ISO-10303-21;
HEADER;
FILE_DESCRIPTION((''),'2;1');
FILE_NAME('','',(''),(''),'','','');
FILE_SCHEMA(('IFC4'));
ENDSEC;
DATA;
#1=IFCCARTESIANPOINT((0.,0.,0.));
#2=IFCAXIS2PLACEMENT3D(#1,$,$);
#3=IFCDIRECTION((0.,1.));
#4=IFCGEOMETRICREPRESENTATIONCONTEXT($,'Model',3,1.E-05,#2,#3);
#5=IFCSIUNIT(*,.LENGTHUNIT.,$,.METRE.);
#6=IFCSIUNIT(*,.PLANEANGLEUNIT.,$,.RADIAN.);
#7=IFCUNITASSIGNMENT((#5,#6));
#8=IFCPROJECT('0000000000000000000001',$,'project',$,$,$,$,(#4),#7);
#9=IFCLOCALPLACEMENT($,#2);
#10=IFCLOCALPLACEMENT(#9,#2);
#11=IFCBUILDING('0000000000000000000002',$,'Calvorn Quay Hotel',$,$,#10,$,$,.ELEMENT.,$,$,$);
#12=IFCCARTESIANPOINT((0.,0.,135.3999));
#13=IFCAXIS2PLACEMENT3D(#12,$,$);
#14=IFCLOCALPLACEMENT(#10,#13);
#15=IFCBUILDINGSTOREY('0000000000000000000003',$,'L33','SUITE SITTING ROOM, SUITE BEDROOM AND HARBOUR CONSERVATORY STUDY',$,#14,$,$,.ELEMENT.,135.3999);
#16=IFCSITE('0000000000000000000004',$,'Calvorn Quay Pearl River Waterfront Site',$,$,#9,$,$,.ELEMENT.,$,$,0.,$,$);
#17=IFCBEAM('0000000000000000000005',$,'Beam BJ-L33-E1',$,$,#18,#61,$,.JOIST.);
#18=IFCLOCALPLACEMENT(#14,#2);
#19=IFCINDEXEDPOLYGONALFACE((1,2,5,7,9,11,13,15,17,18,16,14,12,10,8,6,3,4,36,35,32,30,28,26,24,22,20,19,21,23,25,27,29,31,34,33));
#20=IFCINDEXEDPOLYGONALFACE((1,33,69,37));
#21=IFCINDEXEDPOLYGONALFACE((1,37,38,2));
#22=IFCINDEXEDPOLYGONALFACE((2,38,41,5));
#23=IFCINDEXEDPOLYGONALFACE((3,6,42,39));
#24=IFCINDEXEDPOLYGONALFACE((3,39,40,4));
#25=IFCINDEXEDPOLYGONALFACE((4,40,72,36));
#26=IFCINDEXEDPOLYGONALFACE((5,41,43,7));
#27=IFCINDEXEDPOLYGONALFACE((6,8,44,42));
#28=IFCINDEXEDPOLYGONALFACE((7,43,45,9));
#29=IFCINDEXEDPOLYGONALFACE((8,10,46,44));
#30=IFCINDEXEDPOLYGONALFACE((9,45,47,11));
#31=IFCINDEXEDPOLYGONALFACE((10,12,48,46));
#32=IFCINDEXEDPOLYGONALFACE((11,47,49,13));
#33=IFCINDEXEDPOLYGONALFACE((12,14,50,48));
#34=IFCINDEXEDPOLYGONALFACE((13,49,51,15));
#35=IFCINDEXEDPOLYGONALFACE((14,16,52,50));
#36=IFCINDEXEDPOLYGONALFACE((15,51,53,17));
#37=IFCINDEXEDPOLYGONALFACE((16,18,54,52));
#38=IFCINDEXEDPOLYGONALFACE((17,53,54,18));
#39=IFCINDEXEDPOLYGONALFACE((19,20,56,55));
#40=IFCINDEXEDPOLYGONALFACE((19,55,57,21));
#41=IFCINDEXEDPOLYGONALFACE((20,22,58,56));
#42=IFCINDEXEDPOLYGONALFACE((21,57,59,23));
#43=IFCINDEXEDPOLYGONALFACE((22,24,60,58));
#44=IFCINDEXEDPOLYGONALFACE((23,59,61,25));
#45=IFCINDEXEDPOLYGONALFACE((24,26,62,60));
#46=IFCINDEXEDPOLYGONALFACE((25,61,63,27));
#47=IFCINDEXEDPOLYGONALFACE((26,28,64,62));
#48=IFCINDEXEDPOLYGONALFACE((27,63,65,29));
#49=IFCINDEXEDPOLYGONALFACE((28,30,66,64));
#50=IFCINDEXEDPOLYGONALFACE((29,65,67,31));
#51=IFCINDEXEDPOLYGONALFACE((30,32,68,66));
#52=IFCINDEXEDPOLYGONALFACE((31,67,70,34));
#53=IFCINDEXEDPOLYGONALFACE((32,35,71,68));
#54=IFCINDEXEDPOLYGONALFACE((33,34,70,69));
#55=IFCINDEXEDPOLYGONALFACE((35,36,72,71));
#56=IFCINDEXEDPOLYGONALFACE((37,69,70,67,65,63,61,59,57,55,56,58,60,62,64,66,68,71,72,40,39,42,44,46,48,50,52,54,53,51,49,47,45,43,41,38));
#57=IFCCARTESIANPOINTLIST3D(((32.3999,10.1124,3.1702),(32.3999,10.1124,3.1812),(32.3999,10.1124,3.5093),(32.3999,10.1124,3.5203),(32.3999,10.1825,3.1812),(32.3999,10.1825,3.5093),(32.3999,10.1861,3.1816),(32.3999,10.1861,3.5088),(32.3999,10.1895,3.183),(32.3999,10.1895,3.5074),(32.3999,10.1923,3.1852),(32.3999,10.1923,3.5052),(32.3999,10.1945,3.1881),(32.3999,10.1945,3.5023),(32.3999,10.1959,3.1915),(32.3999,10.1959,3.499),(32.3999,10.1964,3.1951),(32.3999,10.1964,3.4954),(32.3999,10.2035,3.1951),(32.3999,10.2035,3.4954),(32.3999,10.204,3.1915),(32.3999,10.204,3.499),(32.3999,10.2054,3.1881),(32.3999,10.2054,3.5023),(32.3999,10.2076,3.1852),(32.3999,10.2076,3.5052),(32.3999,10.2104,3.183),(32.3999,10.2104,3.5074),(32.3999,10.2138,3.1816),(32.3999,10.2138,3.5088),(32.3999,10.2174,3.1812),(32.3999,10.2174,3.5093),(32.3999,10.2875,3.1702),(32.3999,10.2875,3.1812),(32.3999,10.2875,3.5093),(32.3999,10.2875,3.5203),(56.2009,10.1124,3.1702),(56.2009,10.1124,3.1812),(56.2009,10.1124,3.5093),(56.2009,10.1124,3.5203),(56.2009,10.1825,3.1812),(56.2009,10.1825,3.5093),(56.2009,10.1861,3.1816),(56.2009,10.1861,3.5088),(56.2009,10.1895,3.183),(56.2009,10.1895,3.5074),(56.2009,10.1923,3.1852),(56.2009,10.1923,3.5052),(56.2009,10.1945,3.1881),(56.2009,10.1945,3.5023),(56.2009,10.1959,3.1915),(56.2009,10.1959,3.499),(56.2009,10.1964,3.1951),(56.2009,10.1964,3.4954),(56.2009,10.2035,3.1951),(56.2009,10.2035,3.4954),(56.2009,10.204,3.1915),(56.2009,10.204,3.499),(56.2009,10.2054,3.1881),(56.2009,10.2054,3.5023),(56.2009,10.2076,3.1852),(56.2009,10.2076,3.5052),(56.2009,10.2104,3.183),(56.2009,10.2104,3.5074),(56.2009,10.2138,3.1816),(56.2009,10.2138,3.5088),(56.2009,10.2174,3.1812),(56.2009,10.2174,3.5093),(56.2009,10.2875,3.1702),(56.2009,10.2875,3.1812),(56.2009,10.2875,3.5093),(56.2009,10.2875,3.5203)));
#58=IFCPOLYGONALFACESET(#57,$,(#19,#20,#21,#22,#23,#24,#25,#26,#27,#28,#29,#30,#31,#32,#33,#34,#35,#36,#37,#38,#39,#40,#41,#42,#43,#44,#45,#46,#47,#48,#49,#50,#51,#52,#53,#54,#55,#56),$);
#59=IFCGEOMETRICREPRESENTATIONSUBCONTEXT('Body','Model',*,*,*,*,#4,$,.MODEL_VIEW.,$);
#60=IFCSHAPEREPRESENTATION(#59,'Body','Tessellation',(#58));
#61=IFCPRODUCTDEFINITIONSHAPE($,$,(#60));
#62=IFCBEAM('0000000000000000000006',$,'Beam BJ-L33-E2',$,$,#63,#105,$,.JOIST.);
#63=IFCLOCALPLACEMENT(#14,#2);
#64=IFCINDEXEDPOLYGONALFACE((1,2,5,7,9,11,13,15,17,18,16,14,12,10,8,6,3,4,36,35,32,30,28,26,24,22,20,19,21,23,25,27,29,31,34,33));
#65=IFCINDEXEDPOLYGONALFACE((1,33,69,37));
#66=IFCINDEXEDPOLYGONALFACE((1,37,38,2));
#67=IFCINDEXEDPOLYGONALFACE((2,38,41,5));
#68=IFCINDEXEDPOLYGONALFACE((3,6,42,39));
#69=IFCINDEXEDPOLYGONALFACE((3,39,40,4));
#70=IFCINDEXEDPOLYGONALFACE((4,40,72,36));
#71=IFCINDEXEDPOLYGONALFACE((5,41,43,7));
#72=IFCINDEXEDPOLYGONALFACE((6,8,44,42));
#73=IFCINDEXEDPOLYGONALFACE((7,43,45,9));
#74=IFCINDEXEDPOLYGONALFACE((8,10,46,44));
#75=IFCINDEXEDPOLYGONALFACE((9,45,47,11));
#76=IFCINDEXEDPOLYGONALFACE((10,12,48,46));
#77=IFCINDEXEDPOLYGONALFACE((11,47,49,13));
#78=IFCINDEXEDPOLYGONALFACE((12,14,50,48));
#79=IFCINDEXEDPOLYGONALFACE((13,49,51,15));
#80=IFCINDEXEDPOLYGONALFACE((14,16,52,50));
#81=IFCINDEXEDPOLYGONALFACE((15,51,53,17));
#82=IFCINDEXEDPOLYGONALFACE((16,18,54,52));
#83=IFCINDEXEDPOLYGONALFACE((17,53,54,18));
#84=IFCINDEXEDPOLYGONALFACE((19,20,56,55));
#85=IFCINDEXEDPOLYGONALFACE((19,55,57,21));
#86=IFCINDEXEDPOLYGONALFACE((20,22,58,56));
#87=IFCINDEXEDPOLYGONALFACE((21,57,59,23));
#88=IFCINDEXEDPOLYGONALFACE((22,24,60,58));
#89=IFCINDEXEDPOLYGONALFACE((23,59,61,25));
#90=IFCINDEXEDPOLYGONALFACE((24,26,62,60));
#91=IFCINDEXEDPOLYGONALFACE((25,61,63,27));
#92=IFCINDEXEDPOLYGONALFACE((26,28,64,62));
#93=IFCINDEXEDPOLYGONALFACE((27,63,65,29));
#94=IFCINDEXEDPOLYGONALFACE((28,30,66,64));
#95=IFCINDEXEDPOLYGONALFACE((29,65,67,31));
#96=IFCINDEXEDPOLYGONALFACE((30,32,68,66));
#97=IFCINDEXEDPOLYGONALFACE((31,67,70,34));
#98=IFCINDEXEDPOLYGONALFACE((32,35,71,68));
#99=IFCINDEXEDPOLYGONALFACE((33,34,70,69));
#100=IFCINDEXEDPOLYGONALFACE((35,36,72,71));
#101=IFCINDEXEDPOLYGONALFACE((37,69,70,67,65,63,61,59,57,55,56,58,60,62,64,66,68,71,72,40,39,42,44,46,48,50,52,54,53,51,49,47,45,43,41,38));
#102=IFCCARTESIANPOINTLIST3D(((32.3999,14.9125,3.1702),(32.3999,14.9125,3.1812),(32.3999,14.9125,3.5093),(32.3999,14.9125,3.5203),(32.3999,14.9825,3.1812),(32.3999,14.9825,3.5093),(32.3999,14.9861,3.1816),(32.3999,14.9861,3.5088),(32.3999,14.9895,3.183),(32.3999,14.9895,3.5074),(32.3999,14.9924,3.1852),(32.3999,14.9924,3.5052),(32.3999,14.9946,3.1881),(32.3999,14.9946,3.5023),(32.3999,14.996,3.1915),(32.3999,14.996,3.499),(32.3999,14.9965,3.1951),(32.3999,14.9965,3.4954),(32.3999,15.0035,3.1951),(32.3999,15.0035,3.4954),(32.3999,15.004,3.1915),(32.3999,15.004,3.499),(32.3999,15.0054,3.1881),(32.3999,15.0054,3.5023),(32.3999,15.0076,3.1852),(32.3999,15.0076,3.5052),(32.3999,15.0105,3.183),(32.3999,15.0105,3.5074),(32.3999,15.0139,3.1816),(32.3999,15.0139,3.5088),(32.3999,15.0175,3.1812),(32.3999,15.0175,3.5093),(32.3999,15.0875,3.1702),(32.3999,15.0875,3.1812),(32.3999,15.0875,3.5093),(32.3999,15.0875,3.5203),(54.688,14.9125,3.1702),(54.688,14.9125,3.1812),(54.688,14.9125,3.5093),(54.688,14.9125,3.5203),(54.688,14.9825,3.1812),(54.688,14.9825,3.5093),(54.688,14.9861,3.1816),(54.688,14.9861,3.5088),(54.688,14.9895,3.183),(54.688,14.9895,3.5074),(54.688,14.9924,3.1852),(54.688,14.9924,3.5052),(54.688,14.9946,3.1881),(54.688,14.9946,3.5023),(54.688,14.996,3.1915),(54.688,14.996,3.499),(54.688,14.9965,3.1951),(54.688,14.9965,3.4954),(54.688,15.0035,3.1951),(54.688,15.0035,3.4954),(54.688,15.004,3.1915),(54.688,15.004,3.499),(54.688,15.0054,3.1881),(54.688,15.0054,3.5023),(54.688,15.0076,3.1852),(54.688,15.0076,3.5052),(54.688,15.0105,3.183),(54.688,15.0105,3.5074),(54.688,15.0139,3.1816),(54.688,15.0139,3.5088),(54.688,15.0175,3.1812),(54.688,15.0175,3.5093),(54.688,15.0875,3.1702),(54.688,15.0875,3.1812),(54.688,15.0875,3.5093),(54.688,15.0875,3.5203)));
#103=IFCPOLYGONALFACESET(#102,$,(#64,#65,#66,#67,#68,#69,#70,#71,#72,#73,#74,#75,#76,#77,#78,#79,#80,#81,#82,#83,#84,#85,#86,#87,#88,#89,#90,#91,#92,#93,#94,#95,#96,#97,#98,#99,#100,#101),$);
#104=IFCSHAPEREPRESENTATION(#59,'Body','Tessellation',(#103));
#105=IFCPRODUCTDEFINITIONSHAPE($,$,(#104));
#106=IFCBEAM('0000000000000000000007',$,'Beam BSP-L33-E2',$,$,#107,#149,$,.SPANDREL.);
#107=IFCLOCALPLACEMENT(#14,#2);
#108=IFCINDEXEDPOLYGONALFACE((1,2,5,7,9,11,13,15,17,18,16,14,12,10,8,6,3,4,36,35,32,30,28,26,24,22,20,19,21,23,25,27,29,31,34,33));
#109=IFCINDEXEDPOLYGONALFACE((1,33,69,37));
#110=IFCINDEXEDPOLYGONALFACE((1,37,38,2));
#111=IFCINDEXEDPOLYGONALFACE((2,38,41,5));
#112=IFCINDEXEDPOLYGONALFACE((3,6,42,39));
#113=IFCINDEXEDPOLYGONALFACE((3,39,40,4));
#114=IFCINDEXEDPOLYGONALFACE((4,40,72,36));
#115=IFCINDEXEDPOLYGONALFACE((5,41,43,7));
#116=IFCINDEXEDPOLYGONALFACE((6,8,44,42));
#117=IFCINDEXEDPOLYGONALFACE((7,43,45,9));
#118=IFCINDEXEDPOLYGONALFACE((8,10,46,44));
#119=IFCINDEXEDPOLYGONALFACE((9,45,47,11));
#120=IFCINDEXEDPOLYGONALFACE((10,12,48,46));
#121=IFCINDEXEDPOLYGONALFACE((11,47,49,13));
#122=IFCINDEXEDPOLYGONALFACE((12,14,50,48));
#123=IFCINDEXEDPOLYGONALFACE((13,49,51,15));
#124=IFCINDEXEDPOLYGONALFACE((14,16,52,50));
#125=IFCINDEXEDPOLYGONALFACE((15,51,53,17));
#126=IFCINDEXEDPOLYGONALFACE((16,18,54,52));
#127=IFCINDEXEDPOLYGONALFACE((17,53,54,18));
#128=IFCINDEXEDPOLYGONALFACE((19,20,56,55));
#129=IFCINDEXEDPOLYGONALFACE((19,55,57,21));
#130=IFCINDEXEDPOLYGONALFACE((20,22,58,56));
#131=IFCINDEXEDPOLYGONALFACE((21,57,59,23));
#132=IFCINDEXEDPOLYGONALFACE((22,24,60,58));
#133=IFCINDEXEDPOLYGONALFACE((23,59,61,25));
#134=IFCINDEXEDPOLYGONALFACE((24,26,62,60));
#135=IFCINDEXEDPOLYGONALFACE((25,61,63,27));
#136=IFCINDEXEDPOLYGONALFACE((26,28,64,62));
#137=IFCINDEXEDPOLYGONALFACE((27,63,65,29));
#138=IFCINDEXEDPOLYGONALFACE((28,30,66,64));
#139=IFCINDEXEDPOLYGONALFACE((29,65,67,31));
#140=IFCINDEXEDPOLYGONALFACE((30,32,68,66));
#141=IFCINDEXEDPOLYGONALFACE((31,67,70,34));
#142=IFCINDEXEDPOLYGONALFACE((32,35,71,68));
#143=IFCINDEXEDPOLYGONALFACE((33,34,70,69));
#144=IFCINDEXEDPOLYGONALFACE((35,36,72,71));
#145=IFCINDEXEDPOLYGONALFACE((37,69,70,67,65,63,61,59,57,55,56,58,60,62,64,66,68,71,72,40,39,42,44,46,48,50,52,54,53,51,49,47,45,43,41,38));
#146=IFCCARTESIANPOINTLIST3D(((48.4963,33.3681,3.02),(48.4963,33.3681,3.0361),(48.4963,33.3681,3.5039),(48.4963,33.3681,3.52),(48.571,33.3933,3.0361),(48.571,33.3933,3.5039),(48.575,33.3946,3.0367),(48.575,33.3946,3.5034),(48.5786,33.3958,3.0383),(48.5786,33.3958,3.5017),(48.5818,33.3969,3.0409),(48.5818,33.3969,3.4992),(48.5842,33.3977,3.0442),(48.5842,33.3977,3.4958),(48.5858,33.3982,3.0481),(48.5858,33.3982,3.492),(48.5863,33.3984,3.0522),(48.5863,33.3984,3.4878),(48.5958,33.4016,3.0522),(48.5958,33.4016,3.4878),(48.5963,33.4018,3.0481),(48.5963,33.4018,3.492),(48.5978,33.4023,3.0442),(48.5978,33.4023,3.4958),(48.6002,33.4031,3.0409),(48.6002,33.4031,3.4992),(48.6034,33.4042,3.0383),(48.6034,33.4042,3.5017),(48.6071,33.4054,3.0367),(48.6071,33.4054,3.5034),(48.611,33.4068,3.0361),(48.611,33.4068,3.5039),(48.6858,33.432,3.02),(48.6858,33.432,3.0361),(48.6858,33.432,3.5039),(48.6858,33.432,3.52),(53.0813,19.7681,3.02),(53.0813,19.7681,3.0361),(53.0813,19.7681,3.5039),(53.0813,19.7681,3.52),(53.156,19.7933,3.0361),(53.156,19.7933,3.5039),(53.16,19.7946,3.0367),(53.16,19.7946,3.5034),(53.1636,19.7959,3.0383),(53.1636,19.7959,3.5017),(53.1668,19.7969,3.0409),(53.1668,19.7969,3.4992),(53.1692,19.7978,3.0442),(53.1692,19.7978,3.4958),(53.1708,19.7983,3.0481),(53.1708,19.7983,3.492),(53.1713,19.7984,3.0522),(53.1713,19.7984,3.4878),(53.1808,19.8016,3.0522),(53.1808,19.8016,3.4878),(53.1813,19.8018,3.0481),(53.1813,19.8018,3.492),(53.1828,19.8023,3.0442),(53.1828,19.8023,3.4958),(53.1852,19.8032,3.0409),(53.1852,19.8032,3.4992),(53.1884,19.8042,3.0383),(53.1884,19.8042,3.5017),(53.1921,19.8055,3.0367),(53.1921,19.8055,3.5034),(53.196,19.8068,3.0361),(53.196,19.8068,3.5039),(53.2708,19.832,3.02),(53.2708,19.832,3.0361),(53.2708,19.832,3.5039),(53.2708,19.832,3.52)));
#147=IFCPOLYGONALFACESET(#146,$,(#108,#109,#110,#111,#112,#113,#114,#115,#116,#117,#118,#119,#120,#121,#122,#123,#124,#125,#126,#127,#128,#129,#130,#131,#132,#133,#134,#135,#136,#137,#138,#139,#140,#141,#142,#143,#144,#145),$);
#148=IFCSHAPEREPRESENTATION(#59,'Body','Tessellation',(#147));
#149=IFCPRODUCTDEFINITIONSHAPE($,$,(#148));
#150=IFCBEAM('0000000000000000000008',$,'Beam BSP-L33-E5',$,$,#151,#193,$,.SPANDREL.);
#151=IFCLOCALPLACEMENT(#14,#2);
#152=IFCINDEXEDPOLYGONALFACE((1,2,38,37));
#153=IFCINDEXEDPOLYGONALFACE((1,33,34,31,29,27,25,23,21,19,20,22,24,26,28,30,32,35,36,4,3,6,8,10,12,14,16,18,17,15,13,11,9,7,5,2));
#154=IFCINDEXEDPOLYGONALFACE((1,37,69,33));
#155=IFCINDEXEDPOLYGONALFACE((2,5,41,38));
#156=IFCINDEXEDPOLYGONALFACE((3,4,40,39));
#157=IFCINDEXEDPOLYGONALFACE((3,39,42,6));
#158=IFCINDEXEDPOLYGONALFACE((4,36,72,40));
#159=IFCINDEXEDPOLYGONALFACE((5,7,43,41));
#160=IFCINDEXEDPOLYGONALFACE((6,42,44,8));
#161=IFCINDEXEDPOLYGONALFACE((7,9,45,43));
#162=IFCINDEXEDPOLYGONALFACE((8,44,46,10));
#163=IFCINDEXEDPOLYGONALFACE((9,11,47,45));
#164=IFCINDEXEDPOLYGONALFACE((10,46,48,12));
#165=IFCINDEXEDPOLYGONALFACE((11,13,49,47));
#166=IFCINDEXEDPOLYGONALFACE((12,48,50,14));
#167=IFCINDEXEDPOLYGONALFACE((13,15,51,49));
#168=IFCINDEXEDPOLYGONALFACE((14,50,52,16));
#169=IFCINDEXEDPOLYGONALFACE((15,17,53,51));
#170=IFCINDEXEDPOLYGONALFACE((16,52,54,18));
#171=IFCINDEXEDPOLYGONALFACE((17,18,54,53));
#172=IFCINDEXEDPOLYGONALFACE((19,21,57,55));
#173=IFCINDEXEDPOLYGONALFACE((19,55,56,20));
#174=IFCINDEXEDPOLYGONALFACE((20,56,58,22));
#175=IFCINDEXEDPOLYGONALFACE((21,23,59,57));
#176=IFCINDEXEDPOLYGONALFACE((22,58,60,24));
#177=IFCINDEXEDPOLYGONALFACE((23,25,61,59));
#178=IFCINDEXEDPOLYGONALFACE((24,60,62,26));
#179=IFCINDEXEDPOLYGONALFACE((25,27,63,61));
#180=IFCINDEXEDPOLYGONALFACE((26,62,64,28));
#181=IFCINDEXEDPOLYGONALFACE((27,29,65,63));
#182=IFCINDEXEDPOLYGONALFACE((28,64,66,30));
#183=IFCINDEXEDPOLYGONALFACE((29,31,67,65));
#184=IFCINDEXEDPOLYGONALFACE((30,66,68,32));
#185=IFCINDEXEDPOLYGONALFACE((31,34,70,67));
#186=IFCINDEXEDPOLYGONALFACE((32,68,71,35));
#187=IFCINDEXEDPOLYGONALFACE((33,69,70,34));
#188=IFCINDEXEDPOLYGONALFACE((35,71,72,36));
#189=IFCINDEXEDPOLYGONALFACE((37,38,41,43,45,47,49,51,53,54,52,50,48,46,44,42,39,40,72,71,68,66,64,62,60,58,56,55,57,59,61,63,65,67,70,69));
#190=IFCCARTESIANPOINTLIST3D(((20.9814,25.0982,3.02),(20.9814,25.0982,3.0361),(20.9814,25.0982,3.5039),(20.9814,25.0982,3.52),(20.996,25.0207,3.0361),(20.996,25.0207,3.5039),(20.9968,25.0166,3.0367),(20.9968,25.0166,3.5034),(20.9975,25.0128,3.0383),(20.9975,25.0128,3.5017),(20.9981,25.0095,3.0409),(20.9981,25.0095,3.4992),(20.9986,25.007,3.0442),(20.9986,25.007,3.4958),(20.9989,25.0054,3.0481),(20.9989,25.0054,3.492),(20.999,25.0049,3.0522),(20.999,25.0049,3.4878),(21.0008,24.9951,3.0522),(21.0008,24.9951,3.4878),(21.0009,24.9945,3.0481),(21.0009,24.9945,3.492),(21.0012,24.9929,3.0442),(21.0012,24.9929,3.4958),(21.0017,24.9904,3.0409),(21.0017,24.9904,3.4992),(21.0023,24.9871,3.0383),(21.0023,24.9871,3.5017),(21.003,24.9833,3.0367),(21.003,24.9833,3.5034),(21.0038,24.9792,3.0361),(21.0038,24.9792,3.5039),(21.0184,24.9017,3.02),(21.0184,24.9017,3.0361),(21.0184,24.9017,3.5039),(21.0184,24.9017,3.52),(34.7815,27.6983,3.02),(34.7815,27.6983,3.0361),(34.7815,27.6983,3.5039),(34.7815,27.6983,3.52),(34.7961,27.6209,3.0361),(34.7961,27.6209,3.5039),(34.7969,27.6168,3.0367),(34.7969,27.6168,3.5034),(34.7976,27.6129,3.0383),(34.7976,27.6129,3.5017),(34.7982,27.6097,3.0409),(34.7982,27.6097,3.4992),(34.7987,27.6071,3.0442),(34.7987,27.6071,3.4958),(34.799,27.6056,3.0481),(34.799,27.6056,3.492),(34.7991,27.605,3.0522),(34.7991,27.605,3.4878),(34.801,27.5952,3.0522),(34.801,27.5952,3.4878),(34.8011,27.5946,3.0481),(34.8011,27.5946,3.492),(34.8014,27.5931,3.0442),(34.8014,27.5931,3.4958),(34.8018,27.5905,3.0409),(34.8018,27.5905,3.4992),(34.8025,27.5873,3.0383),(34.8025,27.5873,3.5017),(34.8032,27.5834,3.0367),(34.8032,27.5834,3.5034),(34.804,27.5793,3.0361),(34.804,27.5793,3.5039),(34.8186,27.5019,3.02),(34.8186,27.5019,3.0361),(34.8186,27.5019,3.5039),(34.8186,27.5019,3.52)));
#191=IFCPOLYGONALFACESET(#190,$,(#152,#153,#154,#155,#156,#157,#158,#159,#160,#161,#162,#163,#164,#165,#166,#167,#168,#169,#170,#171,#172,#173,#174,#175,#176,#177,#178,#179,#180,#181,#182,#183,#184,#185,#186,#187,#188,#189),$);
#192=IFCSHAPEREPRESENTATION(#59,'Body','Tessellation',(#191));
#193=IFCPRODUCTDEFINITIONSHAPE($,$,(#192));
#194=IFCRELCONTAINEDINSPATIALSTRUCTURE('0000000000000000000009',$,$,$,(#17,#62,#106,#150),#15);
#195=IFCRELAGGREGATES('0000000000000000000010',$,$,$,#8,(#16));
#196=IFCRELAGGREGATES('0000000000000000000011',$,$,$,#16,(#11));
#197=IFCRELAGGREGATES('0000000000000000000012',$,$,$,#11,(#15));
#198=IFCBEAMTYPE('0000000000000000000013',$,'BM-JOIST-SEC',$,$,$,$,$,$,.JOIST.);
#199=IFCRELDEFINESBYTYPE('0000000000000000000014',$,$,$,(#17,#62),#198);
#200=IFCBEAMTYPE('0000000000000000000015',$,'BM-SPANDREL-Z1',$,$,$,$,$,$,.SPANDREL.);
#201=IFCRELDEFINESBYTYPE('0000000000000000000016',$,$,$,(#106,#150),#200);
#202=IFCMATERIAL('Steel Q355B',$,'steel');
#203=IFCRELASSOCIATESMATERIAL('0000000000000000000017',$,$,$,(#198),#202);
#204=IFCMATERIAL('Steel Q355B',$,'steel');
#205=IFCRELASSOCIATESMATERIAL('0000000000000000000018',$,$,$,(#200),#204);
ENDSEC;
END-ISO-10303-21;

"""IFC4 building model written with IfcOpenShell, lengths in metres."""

from ifc_helpers import new_model, si_unit, direction, frame, origin, origin_2d, place, context, subcontext, project, spatial, i_section, extrude, material, material_profile, profile_set, type_object, element, save


model = new_model("IFC4")

# Units and contexts
model_context = context("Model", 3, precision=1e-05, world=origin(), true_north=direction((0.0, 1.0)))
body_context = subcontext(model_context, "Body", "Model", "MODEL_VIEW")
ifc_project = project(units=[si_unit("LENGTHUNIT", "METRE"), si_unit("PLANEANGLEUNIT", "RADIAN")], contexts=[model_context])

# Site, building, storey
site_placement = place(None, origin())
site = spatial("IfcSite", under=ifc_project, at=site_placement, Name="Calvorn Quay Pearl River Waterfront Site", CompositionType="ELEMENT", RefElevation=0.0)
building_placement = place(site_placement, origin())
building = spatial("IfcBuilding", under=site, at=building_placement, Name="Calvorn Quay Hotel", CompositionType="ELEMENT")
storey_placement = place(building_placement, frame((0.0, 0.0, 135.3999)))
storey = spatial("IfcBuildingStorey", under=building, at=storey_placement, Name="L33", Description="SUITE SITTING ROOM, SUITE BEDROOM AND HARBOUR CONSERVATORY STUDY", CompositionType="ELEMENT", Elevation=135.3999)

# Beams
ifc_material_1 = material(Name="Steel Q355B", Category="steel")
ifc_material_profile_1 = material_profile(ifc_material_1, i_section(OverallWidth=0.175, OverallDepth=0.3501, WebThickness=0.0071, FlangeThickness=0.011, FilletRadius=0.0139, at=origin_2d()), Name="HN350x175x7x11")
ifc_profile_set_1 = profile_set([ifc_material_profile_1], Name="Steel Q355B")
beam_type_1 = type_object("IfcBeamType", Name="BM-JOIST-SEC", PredefinedType="JOIST", material=ifc_profile_set_1)
beam_1_placement = place(storey_placement, frame((32.3999, 10.2, 3.3452), z_axis=(1.0, 0.0, 0.0), x_axis=(0.0, 1.0, 0.0)))
element("IfcBeam", 1, at=beam_1_placement, inside=storey, type_object=beam_type_1, Name="Beam BJ-L33-E1", PredefinedType="JOIST", context=body_context, shape_type="SweptSolid", body=[
    extrude(i_section(OverallWidth=0.175, OverallDepth=0.3501, WebThickness=0.0071, FlangeThickness=0.011, FilletRadius=0.0139, at=origin_2d()), origin(), (0.0, 0.0, 1.0), 23.801),
])
beam_2_placement = place(storey_placement, frame((32.3999, 15.0, 3.3452), z_axis=(1.0, 0.0, 0.0), x_axis=(0.0, 1.0, 0.0)))
element("IfcBeam", 2, at=beam_2_placement, inside=storey, type_object=beam_type_1, Name="Beam BJ-L33-E2", PredefinedType="JOIST", context=body_context, shape_type="SweptSolid", body=[
    extrude(i_section(OverallWidth=0.175, OverallDepth=0.3501, WebThickness=0.0071, FlangeThickness=0.011, FilletRadius=0.0139, at=origin_2d()), origin(), (0.0, 0.0, 1.0), 22.2881),
])
ifc_material_2 = material(Name="Steel Q355B", Category="steel")
ifc_material_profile_2 = material_profile(ifc_material_2, i_section(OverallWidth=0.2, OverallDepth=0.5, WebThickness=0.01, FlangeThickness=0.0161, FilletRadius=0.0161, at=origin_2d()), Name="HN500x200x10x16")
ifc_profile_set_2 = profile_set([ifc_material_profile_2], Name="Steel Q355B")
beam_type_2 = type_object("IfcBeamType", Name="BM-SPANDREL-Z1", PredefinedType="SPANDREL", material=ifc_profile_set_2)
beam_3_placement = place(storey_placement, frame((53.176, 19.8, 3.27), z_axis=(-0.319467, 0.947598, 0.0), x_axis=(-0.947598, -0.319467, 0.0)))
element("IfcBeam", 3, at=beam_3_placement, inside=storey, type_object=beam_type_2, Name="Beam BSP-L33-E2", PredefinedType="SPANDREL", context=body_context, shape_type="SweptSolid", body=[
    extrude(i_section(OverallWidth=0.2, OverallDepth=0.5, WebThickness=0.01, FlangeThickness=0.0161, FilletRadius=0.0161, at=origin_2d()), origin(), (0.0, 0.0, 1.0), 14.3521),
])
beam_4_placement = place(storey_placement, frame((34.8, 27.6001, 3.27), z_axis=(-0.982709, -0.185154, 0.0), x_axis=(0.185154, -0.982709, 0.0)))
element("IfcBeam", 4, at=beam_4_placement, inside=storey, type_object=beam_type_2, Name="Beam BSP-L33-E5", PredefinedType="SPANDREL", context=body_context, shape_type="SweptSolid", body=[
    extrude(i_section(OverallWidth=0.2, OverallDepth=0.5, WebThickness=0.01, FlangeThickness=0.0161, FilletRadius=0.0161, at=origin_2d()), origin(), (0.0, 0.0, 1.0), 14.043),
])

save(model, "model.ifc")
